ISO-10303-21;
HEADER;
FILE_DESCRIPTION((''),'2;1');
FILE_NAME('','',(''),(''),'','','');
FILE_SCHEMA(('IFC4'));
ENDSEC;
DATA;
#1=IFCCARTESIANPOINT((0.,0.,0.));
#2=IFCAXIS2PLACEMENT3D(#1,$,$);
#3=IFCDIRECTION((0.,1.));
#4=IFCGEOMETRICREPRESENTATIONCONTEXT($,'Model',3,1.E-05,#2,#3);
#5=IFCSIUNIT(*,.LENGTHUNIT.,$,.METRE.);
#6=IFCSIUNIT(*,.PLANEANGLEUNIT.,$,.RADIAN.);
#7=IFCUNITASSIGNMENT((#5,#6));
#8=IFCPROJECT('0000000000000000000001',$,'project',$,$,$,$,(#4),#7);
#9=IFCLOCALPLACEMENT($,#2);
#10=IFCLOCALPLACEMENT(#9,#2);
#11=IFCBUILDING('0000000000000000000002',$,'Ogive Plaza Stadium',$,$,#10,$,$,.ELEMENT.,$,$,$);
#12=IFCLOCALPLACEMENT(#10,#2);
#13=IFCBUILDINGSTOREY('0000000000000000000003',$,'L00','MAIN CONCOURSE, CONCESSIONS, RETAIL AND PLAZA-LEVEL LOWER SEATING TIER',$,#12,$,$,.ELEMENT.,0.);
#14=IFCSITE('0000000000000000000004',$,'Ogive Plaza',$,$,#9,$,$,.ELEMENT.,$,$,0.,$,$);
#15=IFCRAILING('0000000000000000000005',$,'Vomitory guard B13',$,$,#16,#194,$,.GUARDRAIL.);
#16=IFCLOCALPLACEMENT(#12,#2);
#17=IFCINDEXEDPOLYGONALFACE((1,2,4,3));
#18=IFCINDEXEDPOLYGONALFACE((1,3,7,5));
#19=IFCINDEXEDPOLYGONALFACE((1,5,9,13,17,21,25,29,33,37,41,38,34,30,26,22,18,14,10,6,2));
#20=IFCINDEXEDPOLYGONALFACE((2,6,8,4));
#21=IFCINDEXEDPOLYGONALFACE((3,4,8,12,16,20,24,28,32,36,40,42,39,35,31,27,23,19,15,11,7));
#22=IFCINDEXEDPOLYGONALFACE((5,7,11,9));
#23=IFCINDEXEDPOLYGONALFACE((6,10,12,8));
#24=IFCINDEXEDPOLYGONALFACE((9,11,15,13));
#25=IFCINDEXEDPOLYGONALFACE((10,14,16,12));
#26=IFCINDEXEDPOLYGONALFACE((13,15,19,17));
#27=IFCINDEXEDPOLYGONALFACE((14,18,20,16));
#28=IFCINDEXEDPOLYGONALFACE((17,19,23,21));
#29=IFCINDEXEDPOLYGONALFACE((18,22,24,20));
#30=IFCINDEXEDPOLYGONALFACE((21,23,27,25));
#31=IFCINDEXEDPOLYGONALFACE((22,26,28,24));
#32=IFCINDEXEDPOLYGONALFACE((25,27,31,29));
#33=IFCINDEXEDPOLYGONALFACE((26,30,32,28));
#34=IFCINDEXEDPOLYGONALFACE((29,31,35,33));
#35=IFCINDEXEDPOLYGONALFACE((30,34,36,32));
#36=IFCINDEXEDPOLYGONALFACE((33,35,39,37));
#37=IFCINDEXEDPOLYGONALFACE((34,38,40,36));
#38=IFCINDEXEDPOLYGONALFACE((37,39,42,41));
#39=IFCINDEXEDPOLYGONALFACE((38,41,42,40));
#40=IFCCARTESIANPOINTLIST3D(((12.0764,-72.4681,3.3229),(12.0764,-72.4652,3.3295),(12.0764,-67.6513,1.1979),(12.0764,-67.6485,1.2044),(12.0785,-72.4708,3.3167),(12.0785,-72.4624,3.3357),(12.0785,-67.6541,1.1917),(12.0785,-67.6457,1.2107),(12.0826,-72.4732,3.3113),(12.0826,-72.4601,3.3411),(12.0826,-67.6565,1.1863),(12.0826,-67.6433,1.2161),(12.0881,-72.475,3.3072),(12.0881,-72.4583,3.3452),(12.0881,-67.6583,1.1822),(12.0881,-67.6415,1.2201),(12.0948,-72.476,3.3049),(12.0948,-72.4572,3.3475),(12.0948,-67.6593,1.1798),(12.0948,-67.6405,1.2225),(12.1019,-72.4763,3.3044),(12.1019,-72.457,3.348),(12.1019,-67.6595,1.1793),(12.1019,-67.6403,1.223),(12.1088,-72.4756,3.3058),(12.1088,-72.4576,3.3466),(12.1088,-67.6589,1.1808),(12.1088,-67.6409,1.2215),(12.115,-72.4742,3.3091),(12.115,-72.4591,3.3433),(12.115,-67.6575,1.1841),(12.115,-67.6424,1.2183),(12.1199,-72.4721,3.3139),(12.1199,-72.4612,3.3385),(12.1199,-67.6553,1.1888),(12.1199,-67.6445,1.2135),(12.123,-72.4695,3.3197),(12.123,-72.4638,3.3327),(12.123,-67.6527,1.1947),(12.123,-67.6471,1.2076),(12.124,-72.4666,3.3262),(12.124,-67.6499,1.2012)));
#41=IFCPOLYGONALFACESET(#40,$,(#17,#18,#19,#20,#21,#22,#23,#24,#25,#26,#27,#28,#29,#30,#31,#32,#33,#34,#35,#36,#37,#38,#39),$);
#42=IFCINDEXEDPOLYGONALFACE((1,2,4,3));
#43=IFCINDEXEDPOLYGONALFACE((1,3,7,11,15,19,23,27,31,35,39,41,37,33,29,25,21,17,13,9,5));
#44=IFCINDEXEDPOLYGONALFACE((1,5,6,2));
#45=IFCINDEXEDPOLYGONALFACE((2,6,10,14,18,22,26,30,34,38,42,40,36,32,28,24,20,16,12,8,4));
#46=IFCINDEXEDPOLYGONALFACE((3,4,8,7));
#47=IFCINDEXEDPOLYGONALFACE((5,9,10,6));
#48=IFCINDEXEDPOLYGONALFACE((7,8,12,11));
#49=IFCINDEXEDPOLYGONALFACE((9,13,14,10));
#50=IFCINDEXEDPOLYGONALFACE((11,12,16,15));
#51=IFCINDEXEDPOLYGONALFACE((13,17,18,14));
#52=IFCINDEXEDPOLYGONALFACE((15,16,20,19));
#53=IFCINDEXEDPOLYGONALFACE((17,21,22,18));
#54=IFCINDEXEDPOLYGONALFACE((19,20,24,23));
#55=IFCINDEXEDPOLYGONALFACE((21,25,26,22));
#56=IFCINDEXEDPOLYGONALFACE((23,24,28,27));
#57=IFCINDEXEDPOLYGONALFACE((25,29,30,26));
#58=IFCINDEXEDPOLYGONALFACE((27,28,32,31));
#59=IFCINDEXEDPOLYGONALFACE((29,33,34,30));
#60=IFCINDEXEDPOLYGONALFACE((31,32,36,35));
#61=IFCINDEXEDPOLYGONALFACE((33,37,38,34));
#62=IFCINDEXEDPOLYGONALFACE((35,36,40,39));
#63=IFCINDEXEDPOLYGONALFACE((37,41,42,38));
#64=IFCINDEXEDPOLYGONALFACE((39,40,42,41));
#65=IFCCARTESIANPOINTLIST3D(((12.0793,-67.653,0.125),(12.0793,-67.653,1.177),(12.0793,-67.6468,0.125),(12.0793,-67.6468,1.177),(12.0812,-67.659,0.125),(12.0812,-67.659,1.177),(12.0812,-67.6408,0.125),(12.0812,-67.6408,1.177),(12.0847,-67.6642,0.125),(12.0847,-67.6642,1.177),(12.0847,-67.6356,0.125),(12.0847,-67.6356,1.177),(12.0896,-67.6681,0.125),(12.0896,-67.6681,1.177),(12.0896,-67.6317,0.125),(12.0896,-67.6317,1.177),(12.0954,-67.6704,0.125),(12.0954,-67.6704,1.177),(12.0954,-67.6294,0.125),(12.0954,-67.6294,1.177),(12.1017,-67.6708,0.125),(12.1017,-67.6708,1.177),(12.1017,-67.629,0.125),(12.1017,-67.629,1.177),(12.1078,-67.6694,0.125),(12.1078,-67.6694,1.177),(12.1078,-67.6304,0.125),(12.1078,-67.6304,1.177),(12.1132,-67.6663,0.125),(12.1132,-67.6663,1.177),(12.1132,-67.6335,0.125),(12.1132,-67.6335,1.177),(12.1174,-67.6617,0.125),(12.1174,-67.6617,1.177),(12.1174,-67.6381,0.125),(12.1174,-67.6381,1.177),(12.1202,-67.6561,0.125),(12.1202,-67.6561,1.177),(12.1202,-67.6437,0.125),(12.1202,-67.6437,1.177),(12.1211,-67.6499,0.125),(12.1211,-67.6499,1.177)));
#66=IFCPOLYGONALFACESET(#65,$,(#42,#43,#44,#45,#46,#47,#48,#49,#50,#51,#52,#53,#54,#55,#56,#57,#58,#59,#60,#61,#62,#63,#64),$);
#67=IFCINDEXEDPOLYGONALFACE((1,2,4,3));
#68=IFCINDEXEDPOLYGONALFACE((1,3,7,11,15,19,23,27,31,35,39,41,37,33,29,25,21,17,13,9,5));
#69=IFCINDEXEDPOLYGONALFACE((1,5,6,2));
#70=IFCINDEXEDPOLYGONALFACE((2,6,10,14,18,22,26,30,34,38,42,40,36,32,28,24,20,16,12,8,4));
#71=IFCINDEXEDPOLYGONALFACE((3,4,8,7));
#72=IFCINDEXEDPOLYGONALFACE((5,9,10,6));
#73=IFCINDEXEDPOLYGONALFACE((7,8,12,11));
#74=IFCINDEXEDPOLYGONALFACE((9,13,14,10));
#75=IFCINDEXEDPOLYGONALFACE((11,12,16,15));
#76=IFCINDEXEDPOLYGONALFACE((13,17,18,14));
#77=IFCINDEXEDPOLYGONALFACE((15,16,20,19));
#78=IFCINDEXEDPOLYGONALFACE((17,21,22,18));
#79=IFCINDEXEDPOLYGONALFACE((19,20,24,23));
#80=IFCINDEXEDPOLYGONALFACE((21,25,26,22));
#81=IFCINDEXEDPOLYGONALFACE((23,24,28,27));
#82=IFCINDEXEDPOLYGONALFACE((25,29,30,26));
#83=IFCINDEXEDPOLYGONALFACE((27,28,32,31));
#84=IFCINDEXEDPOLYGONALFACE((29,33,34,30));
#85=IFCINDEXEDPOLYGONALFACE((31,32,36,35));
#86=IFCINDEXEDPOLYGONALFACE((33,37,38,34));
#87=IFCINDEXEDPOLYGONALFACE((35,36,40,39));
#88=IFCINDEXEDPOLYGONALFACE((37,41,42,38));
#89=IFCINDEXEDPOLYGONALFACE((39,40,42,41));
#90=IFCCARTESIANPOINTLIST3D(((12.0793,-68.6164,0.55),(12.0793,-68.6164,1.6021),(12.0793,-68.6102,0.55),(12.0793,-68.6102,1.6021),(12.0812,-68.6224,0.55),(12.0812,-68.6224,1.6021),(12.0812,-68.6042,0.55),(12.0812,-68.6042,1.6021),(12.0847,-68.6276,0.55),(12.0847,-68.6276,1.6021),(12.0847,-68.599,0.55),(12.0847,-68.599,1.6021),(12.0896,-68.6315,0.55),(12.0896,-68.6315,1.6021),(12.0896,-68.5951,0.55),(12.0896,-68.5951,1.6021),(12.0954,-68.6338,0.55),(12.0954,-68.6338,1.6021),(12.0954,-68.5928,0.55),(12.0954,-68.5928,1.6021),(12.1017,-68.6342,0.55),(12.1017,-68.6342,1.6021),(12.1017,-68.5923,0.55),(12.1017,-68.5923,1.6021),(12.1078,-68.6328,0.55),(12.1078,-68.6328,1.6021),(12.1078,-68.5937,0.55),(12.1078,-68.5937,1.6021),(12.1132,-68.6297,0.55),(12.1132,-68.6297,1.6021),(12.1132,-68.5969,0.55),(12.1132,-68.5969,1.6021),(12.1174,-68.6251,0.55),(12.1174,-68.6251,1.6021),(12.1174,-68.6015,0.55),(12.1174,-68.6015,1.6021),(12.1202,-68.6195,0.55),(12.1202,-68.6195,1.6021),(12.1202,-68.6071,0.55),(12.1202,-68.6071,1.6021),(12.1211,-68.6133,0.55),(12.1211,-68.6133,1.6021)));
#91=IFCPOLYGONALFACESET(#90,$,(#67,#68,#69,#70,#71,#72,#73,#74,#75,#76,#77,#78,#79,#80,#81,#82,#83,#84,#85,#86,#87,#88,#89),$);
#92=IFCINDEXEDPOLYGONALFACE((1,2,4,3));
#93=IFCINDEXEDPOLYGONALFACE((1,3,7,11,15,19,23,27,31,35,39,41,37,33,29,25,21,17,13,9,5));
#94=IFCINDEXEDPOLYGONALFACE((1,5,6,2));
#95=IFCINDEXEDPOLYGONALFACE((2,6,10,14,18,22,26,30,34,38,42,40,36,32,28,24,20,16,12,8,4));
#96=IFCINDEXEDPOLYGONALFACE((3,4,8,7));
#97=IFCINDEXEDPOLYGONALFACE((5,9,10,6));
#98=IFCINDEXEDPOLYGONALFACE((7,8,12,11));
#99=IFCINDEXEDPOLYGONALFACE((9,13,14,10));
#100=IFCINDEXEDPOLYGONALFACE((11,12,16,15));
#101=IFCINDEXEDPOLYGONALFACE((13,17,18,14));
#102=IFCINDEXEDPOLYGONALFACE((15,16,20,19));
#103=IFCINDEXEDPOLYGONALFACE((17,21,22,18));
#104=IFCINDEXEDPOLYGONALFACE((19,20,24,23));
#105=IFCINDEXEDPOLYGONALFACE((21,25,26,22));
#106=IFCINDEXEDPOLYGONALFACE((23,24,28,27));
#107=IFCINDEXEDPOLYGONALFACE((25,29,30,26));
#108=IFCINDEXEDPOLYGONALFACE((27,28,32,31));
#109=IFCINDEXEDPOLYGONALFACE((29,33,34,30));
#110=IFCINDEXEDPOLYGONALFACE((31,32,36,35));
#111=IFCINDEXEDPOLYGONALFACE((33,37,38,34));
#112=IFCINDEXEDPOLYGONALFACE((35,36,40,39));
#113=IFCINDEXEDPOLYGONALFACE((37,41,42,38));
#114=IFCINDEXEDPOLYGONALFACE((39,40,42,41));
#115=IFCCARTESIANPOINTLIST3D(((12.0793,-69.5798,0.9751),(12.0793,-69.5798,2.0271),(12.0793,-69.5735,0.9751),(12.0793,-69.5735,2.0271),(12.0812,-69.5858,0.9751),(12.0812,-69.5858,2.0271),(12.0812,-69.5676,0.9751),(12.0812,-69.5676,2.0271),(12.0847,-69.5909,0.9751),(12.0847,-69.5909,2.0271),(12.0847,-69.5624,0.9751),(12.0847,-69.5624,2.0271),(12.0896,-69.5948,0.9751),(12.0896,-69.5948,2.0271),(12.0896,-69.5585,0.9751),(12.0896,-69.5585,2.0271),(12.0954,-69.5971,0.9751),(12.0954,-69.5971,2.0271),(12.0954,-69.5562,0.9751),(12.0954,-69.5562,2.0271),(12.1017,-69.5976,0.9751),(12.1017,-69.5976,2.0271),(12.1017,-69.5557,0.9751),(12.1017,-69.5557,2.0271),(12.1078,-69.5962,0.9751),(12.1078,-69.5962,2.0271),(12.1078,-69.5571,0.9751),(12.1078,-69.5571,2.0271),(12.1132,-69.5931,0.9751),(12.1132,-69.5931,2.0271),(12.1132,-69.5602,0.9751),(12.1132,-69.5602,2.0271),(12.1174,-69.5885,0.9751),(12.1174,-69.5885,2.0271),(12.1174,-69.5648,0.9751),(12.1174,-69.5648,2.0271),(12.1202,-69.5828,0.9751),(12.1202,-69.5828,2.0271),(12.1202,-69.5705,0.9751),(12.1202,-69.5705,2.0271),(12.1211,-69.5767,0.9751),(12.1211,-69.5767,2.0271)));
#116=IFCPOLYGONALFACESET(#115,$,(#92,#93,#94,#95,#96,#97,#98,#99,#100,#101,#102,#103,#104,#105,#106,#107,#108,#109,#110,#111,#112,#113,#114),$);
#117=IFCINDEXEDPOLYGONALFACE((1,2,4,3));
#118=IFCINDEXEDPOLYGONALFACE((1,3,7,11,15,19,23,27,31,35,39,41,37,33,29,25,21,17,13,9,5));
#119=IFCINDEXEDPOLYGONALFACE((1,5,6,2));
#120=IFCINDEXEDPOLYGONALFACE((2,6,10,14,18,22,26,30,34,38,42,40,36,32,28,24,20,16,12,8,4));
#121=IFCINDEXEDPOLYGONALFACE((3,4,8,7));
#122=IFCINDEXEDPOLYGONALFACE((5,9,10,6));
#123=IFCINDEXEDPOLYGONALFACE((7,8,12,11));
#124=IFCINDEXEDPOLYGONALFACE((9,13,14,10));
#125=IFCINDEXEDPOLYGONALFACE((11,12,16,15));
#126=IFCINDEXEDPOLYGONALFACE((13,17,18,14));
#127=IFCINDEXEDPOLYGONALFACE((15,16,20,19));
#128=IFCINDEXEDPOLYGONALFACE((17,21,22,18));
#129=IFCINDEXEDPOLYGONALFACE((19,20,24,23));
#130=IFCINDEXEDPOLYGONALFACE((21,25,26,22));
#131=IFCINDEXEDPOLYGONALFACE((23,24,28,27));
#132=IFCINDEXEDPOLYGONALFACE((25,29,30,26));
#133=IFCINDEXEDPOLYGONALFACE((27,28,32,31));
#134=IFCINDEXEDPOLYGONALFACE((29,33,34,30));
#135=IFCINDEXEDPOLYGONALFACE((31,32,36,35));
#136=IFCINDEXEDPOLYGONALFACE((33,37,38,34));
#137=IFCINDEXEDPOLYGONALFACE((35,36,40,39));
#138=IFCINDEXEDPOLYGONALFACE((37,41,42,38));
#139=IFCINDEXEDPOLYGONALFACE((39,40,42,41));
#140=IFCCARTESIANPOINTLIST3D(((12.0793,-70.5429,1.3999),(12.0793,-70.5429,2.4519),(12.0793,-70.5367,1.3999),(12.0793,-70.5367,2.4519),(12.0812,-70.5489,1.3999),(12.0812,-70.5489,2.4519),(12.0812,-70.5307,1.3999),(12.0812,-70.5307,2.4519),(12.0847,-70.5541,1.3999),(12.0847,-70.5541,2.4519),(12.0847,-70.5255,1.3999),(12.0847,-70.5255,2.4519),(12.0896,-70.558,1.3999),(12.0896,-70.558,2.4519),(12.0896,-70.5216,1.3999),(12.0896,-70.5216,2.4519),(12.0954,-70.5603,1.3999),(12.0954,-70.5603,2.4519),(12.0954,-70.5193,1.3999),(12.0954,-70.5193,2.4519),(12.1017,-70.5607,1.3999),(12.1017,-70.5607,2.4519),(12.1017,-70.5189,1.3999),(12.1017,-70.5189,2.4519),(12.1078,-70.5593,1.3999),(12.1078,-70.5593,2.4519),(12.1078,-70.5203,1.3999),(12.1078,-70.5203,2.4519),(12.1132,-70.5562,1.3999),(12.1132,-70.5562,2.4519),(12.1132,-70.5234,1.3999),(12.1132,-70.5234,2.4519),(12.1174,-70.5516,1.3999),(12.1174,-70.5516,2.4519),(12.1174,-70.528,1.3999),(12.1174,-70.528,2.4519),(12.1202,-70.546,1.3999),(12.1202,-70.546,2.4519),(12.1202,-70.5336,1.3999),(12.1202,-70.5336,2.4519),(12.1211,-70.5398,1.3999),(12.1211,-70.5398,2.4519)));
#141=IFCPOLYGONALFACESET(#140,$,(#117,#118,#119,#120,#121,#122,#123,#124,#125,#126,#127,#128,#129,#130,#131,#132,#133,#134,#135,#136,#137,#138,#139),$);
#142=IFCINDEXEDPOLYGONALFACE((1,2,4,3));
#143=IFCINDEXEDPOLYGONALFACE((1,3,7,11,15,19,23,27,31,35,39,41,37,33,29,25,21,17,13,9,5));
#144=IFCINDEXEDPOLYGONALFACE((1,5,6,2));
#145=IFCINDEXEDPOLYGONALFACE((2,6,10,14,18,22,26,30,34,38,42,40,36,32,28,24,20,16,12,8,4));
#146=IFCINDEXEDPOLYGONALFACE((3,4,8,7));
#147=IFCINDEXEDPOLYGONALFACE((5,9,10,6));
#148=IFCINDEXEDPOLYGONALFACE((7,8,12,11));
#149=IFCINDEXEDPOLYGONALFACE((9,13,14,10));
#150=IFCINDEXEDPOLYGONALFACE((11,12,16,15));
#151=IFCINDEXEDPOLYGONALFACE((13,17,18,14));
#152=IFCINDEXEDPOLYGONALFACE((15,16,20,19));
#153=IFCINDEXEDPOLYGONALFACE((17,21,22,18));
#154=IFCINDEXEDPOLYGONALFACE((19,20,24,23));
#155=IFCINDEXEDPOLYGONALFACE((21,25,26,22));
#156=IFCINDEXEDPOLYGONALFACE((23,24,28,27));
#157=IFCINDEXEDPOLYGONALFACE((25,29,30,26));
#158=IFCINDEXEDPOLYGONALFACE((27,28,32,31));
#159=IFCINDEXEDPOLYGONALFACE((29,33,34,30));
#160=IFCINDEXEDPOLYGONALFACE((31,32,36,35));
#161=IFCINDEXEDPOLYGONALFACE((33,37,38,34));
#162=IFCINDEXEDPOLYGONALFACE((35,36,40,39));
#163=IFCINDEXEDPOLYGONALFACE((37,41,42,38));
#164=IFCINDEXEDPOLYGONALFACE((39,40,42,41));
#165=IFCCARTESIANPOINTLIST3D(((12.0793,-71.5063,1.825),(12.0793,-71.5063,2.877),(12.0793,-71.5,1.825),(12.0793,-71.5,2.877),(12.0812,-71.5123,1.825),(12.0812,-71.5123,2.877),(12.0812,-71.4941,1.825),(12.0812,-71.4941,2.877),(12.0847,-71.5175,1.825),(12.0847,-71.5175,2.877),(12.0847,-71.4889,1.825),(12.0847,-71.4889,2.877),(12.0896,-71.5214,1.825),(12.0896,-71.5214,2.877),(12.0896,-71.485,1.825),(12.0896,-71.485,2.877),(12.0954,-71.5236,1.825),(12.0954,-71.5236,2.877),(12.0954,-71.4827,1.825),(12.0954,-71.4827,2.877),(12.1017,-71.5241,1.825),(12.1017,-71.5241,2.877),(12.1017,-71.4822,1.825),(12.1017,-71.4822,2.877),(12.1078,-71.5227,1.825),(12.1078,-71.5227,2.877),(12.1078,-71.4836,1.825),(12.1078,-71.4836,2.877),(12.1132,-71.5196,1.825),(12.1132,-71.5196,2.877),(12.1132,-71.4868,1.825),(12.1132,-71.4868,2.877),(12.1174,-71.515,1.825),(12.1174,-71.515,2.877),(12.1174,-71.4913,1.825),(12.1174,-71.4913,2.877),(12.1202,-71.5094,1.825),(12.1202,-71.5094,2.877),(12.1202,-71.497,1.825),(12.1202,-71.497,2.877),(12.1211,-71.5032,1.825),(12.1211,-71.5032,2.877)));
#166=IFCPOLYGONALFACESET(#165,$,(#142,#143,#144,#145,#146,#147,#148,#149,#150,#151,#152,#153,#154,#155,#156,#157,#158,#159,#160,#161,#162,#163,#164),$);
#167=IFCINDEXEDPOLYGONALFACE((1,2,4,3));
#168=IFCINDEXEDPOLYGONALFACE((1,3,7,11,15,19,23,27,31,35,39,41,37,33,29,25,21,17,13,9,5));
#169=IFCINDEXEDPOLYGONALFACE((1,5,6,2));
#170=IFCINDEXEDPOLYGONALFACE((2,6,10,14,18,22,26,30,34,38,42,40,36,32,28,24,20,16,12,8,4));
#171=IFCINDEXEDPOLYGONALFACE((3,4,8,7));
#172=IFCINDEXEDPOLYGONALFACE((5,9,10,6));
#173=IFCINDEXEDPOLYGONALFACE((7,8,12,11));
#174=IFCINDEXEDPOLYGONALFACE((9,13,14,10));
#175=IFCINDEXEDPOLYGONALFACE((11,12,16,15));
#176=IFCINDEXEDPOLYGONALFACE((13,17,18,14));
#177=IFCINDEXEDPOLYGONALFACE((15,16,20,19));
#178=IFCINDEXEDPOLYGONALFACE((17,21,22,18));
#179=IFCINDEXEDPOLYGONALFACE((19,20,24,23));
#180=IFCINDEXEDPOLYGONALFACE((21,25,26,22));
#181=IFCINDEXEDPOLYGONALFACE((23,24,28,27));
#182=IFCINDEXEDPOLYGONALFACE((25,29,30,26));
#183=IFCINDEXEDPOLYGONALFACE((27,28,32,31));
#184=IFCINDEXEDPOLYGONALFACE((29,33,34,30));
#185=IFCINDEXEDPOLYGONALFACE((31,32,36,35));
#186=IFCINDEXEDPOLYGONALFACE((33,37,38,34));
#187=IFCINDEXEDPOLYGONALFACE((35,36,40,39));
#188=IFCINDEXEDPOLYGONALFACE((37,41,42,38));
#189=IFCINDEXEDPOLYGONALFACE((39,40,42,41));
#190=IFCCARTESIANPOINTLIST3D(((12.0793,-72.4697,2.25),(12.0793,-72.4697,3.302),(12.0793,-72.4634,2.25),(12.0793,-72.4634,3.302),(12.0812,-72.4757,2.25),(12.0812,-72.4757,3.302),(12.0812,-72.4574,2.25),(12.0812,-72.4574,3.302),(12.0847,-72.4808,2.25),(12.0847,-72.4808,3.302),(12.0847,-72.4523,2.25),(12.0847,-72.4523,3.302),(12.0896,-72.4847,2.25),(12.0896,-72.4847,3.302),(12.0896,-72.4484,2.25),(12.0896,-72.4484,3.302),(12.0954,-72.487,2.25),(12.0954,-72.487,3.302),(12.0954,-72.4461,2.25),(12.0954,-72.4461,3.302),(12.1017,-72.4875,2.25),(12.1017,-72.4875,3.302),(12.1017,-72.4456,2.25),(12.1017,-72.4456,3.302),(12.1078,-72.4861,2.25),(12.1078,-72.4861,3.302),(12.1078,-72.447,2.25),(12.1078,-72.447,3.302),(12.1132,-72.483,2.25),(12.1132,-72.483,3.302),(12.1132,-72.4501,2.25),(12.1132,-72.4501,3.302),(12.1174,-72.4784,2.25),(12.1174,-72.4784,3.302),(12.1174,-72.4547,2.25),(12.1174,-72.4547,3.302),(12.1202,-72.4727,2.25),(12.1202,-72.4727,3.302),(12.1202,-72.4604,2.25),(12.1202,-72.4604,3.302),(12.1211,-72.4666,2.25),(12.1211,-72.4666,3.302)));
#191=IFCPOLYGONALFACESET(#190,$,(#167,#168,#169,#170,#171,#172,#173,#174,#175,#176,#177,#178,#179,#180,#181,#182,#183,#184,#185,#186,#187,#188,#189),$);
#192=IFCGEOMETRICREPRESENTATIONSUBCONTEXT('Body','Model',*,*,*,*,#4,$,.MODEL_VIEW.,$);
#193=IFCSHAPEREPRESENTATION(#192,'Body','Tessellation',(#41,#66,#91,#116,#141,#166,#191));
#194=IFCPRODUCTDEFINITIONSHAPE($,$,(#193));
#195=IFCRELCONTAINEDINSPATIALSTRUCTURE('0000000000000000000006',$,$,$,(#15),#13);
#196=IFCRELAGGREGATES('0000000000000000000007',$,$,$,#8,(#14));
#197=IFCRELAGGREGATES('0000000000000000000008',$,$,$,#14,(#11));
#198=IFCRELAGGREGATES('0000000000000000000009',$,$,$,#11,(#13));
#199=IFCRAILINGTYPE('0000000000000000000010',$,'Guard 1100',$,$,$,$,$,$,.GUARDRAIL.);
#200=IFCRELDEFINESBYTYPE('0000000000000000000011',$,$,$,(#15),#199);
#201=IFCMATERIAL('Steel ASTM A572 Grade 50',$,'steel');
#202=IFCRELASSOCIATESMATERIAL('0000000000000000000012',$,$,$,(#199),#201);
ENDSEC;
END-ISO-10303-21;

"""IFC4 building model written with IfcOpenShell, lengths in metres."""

from ifc_helpers import new_model, si_unit, direction, frame, origin, origin_2d, place, context, subcontext, project, spatial, circle, extrude, material, type_object, element, save


model = new_model("IFC4")

# Units and contexts
model_context = context("Model", 3, precision=1e-05, world=origin(), true_north=direction((0.0, 1.0)))
body_context = subcontext(model_context, "Body", "Model", "MODEL_VIEW")
ifc_project = project(units=[si_unit("LENGTHUNIT", "METRE"), si_unit("PLANEANGLEUNIT", "RADIAN")], contexts=[model_context])

# Site, building, storey
site_placement = place(None, origin())
site = spatial("IfcSite", under=ifc_project, at=site_placement, Name="Ogive Plaza", CompositionType="ELEMENT", RefElevation=0.0)
building_placement = place(site_placement, origin())
building = spatial("IfcBuilding", under=site, at=building_placement, Name="Ogive Plaza Stadium", CompositionType="ELEMENT")
storey_placement = place(building_placement, origin())
storey = spatial("IfcBuildingStorey", under=building, at=storey_placement, Name="L00", Description="MAIN CONCOURSE, CONCESSIONS, RETAIL AND PLAZA-LEVEL LOWER SEATING TIER", CompositionType="ELEMENT", Elevation=0.0)

# Railing
ifc_material_1 = material(Name="Steel ASTM A572 Grade 50", Category="steel")
railing_type = type_object("IfcRailingType", Name="Guard 1100", PredefinedType="GUARDRAIL", material=ifc_material_1)
for number, where, name in (
    (1, (12.1001, -67.6499, 0.125), "Vomitory guard B13"),
):
    element("IfcRailing", number, at=place(storey_placement, frame(where)), inside=storey, type_object=railing_type, Name=name, PredefinedType="GUARDRAIL", context=body_context, shape_type="SweptSolid", body=[
        extrude(circle(Radius=0.0239, at=origin_2d()), frame((0.0, 0.0, 1.0762), z_axis=(0.0, -0.914917, 0.403641), x_axis=(1.0, 0.0, 0.0)), (0.0, 0.0, 1.0), 5.2646),
        extrude(circle(Radius=0.021, at=origin_2d()), origin(), (0.0, 0.0, 1.0), 1.052),
        extrude(circle(Radius=0.021, at=origin_2d()), frame((0.0, -0.9634, 0.425)), (0.0, 0.0, 1.0), 1.052),
        extrude(circle(Radius=0.021, at=origin_2d()), frame((0.0, -1.9268, 0.8501)), (0.0, 0.0, 1.0), 1.052),
        extrude(circle(Radius=0.021, at=origin_2d()), frame((0.0, -2.8899, 1.2749)), (0.0, 0.0, 1.0), 1.052),
        extrude(circle(Radius=0.021, at=origin_2d()), frame((0.0, -3.8533, 1.7)), (0.0, 0.0, 1.0), 1.052),
        extrude(circle(Radius=0.021, at=origin_2d()), frame((0.0, -4.8167, 2.125)), (0.0, 0.0, 1.0), 1.052),
    ])

save(model, "model.ifc")
